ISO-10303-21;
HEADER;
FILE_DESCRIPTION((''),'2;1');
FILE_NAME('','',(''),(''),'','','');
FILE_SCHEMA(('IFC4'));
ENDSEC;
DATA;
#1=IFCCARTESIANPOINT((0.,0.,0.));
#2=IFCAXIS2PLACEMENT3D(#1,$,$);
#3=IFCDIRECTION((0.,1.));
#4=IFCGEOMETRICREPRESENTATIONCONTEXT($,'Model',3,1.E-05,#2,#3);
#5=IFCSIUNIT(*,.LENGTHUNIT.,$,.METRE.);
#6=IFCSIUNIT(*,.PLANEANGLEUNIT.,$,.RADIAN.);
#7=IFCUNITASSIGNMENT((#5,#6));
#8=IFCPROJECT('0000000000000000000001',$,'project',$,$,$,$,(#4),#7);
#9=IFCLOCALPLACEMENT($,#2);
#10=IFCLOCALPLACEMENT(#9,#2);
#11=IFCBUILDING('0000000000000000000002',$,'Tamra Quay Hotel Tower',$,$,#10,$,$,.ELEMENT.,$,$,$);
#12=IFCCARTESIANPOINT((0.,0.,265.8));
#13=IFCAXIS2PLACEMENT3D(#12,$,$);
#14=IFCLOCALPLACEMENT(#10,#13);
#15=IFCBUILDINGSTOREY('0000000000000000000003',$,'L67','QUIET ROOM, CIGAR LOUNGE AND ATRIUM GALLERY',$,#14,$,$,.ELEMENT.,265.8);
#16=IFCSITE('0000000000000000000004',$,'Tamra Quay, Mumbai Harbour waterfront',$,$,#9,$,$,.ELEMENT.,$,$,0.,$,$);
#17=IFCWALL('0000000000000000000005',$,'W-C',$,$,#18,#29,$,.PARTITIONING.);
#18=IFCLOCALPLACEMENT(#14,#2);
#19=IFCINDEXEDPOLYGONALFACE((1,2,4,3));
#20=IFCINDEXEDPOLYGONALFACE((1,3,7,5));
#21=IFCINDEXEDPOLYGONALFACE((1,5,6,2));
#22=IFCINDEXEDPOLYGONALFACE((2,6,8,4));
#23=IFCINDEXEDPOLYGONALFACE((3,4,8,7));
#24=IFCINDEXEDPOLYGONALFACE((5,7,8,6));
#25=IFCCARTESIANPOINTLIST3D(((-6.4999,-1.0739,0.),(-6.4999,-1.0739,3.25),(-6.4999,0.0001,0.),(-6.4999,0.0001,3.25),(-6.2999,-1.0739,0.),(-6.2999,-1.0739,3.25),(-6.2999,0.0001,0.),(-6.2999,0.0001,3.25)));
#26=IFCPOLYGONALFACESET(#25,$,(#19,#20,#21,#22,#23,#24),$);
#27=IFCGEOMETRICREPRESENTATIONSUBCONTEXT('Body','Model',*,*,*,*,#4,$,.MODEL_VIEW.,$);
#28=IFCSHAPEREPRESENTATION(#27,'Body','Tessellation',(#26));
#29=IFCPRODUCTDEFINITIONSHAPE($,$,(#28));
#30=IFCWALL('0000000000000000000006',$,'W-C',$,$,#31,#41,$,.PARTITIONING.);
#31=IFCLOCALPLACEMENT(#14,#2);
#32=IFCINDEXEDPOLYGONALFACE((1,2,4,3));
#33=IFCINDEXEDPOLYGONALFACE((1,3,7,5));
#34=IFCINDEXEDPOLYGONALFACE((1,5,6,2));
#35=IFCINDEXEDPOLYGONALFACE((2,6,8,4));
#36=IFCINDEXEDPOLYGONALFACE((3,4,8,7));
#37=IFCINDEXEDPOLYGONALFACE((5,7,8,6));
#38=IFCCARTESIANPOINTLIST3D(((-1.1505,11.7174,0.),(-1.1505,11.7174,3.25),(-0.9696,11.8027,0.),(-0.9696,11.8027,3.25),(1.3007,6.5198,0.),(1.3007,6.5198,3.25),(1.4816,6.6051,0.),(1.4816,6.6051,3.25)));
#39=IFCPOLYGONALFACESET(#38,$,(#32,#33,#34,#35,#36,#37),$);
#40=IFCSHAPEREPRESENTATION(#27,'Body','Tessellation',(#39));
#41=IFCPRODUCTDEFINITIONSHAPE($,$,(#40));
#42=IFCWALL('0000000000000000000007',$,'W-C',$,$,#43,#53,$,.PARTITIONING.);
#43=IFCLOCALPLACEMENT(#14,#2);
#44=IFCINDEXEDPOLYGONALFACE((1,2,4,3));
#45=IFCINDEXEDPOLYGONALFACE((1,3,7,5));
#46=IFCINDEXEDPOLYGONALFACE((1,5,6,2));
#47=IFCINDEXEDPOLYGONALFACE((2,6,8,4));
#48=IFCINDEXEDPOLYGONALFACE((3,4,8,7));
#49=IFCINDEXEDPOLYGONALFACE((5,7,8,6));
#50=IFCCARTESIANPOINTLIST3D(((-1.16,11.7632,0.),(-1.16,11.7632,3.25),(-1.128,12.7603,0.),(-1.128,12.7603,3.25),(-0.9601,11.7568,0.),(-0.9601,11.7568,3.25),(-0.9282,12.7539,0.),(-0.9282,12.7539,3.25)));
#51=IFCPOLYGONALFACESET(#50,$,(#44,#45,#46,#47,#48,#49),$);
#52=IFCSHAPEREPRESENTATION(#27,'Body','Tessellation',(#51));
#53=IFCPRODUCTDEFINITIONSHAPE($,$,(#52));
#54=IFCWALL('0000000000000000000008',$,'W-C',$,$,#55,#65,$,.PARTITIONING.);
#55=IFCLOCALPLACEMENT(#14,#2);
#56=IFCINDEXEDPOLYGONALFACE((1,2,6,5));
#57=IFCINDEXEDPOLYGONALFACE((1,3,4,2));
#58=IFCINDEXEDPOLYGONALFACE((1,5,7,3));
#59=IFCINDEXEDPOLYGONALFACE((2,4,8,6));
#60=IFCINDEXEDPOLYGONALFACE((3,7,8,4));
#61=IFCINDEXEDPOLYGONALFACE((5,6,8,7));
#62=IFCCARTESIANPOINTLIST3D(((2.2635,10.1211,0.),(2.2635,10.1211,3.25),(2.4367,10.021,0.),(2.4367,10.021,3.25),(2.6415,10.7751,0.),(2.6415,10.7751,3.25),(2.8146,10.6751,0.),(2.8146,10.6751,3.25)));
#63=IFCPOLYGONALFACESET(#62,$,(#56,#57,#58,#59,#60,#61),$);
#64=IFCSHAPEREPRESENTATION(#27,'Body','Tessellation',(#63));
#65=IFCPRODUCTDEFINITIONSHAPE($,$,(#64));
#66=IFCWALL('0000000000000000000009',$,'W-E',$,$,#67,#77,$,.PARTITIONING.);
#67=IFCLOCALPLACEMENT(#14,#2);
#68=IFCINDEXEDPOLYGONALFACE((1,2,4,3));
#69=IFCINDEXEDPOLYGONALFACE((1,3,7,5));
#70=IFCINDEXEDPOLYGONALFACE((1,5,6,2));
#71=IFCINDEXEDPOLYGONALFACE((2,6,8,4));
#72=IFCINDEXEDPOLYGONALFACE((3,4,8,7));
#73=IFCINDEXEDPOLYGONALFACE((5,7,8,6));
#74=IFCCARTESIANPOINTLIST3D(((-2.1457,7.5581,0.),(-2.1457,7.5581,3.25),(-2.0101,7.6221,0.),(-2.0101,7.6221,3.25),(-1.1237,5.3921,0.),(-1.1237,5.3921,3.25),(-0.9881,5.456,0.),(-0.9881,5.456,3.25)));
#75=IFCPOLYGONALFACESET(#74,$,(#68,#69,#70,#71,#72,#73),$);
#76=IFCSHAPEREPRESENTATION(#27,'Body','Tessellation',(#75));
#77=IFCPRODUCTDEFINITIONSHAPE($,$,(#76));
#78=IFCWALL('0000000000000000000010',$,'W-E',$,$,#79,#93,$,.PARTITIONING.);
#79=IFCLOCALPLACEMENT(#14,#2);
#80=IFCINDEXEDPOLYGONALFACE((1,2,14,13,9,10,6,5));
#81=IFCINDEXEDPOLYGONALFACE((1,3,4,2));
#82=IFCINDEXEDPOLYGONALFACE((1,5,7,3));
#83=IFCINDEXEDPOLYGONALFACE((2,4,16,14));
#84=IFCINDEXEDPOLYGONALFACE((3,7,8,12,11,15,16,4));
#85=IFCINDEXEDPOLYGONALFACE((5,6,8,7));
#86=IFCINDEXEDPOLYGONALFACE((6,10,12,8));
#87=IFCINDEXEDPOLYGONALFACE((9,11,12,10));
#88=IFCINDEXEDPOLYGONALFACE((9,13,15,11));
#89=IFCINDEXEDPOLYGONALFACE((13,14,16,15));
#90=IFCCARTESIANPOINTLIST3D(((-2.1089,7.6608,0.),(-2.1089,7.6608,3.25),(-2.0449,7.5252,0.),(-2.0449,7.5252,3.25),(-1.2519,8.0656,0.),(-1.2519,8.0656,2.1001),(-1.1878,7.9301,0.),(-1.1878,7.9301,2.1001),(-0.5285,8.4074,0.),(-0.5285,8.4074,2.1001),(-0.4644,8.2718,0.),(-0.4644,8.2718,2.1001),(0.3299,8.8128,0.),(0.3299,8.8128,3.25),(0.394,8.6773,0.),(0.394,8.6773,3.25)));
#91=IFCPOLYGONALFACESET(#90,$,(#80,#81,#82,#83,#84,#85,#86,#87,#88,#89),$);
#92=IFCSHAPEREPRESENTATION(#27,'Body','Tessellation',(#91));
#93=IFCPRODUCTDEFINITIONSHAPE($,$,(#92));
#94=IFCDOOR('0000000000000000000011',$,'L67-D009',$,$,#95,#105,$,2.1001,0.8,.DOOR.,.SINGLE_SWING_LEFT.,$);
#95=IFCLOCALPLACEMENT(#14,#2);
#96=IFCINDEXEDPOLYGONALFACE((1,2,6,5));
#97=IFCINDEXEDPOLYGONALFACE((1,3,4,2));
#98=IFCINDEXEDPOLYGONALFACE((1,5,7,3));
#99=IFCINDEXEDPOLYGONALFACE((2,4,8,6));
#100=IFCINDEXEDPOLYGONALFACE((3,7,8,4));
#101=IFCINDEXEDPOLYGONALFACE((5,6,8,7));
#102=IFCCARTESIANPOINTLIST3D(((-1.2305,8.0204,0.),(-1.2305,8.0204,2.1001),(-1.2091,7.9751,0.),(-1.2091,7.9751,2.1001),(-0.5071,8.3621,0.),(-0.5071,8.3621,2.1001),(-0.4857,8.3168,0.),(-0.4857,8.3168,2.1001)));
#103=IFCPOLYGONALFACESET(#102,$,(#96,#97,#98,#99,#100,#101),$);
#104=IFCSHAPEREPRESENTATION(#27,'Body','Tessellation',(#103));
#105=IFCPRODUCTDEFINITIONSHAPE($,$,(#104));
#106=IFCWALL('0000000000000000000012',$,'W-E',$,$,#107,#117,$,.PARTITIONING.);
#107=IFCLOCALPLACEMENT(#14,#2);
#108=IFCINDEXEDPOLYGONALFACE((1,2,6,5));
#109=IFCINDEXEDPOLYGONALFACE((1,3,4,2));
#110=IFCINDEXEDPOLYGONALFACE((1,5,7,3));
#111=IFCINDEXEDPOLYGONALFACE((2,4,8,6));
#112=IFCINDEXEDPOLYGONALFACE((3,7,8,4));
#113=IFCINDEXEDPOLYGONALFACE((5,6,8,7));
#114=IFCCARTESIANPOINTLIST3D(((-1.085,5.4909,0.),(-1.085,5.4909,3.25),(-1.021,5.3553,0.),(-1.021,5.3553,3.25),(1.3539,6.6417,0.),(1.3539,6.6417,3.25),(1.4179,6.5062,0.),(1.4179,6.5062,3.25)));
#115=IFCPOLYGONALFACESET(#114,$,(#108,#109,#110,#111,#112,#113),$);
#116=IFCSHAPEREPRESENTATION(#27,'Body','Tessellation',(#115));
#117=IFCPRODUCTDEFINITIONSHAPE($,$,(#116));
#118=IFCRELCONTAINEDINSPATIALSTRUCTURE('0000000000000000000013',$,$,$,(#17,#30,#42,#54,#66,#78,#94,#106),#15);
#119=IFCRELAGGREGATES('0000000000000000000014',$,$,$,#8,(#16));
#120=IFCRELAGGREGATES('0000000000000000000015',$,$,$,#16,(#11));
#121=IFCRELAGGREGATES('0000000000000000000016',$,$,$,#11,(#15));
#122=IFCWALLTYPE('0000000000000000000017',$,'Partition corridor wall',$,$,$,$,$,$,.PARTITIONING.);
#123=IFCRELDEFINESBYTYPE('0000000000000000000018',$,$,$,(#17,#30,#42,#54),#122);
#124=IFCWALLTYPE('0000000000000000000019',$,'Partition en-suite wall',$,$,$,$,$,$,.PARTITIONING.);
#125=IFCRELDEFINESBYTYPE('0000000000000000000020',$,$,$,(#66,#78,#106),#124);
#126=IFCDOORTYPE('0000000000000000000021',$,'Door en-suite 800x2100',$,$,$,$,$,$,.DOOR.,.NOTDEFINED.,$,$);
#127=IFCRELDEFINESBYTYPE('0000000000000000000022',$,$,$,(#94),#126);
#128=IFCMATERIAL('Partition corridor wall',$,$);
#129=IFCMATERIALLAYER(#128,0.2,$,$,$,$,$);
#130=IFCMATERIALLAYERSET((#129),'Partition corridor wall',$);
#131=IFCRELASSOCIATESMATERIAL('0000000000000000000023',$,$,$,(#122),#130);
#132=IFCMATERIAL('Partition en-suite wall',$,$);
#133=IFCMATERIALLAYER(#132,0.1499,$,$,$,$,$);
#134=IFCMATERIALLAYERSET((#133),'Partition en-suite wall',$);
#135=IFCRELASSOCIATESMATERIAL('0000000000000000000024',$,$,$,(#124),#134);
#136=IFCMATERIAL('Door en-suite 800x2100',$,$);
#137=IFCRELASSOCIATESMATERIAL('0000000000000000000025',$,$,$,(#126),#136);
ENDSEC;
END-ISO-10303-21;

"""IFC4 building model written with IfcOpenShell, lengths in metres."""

from ifc_helpers import new_model, si_unit, direction, frame, frame_2d, origin, place, context, subcontext, project, spatial, rectangle, extrude, material, layer, layer_set, type_object, element, fill, save


model = new_model("IFC4")

# Units and contexts
model_context = context("Model", 3, precision=1e-05, world=origin(), true_north=direction((0.0, 1.0)))
body_context = subcontext(model_context, "Body", "Model", "MODEL_VIEW")
ifc_project = project(units=[si_unit("LENGTHUNIT", "METRE"), si_unit("PLANEANGLEUNIT", "RADIAN")], contexts=[model_context])

# Site, building, storey
site_placement = place(None, origin())
site = spatial("IfcSite", under=ifc_project, at=site_placement, Name="Tamra Quay, Mumbai Harbour waterfront", CompositionType="ELEMENT", RefElevation=0.0)
building_placement = place(site_placement, origin())
building = spatial("IfcBuilding", under=site, at=building_placement, Name="Tamra Quay Hotel Tower", CompositionType="ELEMENT")
storey_placement = place(building_placement, frame((0.0, 0.0, 265.8)))
storey = spatial("IfcBuildingStorey", under=building, at=storey_placement, Name="L67", Description="QUIET ROOM, CIGAR LOUNGE AND ATRIUM GALLERY", CompositionType="ELEMENT", Elevation=265.8)

# Walls
ifc_material_1 = material(Name="Partition corridor wall")
ifc_layer_1 = layer(ifc_material_1, 0.2)
ifc_layer_set_1 = layer_set([ifc_layer_1], Name="Partition corridor wall")
wall_type_1 = type_object("IfcWallType", Name="Partition corridor wall", PredefinedType="PARTITIONING", material=ifc_layer_set_1)
wall_1_placement = place(storey_placement, frame((-6.3999, -1.074, 0.0), z_axis=(0.0, 0.0, 1.0), x_axis=(0.0, 1.0, 0.0)))
element("IfcWall", 1, at=wall_1_placement, inside=storey, type_object=wall_type_1, Name="W-C", PredefinedType="PARTITIONING", context=body_context, shape_type="SweptSolid", body=[
    extrude(rectangle(XDim=1.074, YDim=0.2, at=frame_2d((0.5371, 0.0))), origin(), (0.0, 0.0, 1.0), 3.25),
])
wall_2_placement = place(storey_placement, frame((-1.0601, 11.76, 0.0), z_axis=(0.0, 0.0, 1.0), x_axis=(0.42655, -0.904464, 0.0)))
element("IfcWall", 2, at=wall_2_placement, inside=storey, type_object=wall_type_1, Name="W-C", PredefinedType="PARTITIONING", context=body_context, shape_type="SweptSolid", body=[
    extrude(rectangle(XDim=5.7466, YDim=0.2, at=frame_2d((2.8733, 0.0))), origin(), (0.0, 0.0, 1.0), 3.25),
])
wall_3_placement = place(storey_placement, frame((-1.0601, 11.76, 0.0), z_axis=(0.0, 0.0, 1.0), x_axis=(0.03206, 0.999486, 0.0)))
element("IfcWall", 3, at=wall_3_placement, inside=storey, type_object=wall_type_1, Name="W-C", PredefinedType="PARTITIONING", context=body_context, shape_type="SweptSolid", body=[
    extrude(rectangle(XDim=0.9976, YDim=0.2, at=frame_2d((0.4988, 0.0))), origin(), (0.0, 0.0, 1.0), 3.25),
])
wall_4_placement = place(storey_placement, frame((2.3501, 10.071, 0.0), z_axis=(0.0, 0.0, 1.0), x_axis=(0.50031, 0.865846, 0.0)))
element("IfcWall", 4, at=wall_4_placement, inside=storey, type_object=wall_type_1, Name="W-C", PredefinedType="PARTITIONING", context=body_context, shape_type="SweptSolid", body=[
    extrude(rectangle(XDim=0.7554, YDim=0.2, at=frame_2d((0.3777, 0.0))), origin(), (0.0, 0.0, 1.0), 3.25),
])
ifc_material_2 = material(Name="Partition en-suite wall")
ifc_layer_2 = layer(ifc_material_2, 0.1499)
ifc_layer_set_2 = layer_set([ifc_layer_2], Name="Partition en-suite wall")
wall_type_2 = type_object("IfcWallType", Name="Partition en-suite wall", PredefinedType="PARTITIONING", material=ifc_layer_set_2)
wall_5_placement = place(storey_placement, frame((-2.0779, 7.5901, 0.0), z_axis=(0.0, 0.0, 1.0), x_axis=(0.42671, -0.904389, 0.0)))
element("IfcWall", 5, at=wall_5_placement, inside=storey, type_object=wall_type_2, Name="W-E", PredefinedType="PARTITIONING", context=body_context, shape_type="SweptSolid", body=[
    extrude(rectangle(XDim=2.395, YDim=0.1499, at=frame_2d((1.1975, 0.0))), origin(), (0.0, 0.0, 1.0), 3.25),
])

# Wall, opening, door
wall_6_placement = place(storey_placement, frame((-2.0769, 7.593, 0.0), z_axis=(0.0, 0.0, 1.0), x_axis=(0.904196, 0.427117, 0.0)))
wall_6 = element("IfcWall", 6, at=wall_6_placement, inside=storey, type_object=wall_type_2, Name="W-E", PredefinedType="PARTITIONING", context=body_context, shape_type="SweptSolid", body=[
    extrude(rectangle(XDim=2.6973, YDim=0.1499, at=frame_2d((1.3486, 0.0))), origin(), (0.0, 0.0, 1.0), 3.25),
])
opening_1_placement = place(wall_6_placement, frame((0.948, 0.0, 0.0)))
opening_1 = element("IfcOpeningElement", 7, at=opening_1_placement, cuts=wall_6, PredefinedType="OPENING", context=body_context, shape_type="SweptSolid", body=[
    extrude(rectangle(XDim=0.8, YDim=2.1001, at=frame_2d((0.3999, 1.05))), frame((0.0, 0.085, 0.0), z_axis=(0.0, -1.0, 0.0), x_axis=(1.0, 0.0, 0.0)), (0.0, 0.0, 1.0), 0.1699),
])
ifc_material_3 = material(Name="Door en-suite 800x2100")
door_type_1 = type_object("IfcDoorType", Name="Door en-suite 800x2100", OperationType="NOTDEFINED", PredefinedType="DOOR", material=ifc_material_3)
door_1_placement = place(opening_1_placement, origin())
door_1 = element("IfcDoor", 8, at=door_1_placement, inside=storey, type_object=door_type_1, Name="L67-D009", OperationType="SINGLE_SWING_LEFT", OverallHeight=2.1001, OverallWidth=0.8, PredefinedType="DOOR", context=body_context, shape_type="SweptSolid", body=[
    extrude(rectangle(XDim=0.8, YDim=2.1001, at=frame_2d((0.3999, 1.05))), frame((0.0, 0.0249, 0.0), z_axis=(0.0, -1.0, 0.0), x_axis=(1.0, 0.0, 0.0)), (0.0, 0.0, 1.0), 0.05),
])
fill(opening_1, door_1)

# Wall
wall_7_placement = place(storey_placement, frame((-1.053, 5.4231, 0.0), z_axis=(0.0, 0.0, 1.0), x_axis=(0.904371, 0.426747, 0.0)))
element("IfcWall", 9, at=wall_7_placement, inside=storey, type_object=wall_type_2, Name="W-E", PredefinedType="PARTITIONING", context=body_context, shape_type="SweptSolid", body=[
    extrude(rectangle(XDim=2.6968, YDim=0.1499, at=frame_2d((1.3484, 0.0))), origin(), (0.0, 0.0, 1.0), 3.25),
])

save(model, "model.ifc")
